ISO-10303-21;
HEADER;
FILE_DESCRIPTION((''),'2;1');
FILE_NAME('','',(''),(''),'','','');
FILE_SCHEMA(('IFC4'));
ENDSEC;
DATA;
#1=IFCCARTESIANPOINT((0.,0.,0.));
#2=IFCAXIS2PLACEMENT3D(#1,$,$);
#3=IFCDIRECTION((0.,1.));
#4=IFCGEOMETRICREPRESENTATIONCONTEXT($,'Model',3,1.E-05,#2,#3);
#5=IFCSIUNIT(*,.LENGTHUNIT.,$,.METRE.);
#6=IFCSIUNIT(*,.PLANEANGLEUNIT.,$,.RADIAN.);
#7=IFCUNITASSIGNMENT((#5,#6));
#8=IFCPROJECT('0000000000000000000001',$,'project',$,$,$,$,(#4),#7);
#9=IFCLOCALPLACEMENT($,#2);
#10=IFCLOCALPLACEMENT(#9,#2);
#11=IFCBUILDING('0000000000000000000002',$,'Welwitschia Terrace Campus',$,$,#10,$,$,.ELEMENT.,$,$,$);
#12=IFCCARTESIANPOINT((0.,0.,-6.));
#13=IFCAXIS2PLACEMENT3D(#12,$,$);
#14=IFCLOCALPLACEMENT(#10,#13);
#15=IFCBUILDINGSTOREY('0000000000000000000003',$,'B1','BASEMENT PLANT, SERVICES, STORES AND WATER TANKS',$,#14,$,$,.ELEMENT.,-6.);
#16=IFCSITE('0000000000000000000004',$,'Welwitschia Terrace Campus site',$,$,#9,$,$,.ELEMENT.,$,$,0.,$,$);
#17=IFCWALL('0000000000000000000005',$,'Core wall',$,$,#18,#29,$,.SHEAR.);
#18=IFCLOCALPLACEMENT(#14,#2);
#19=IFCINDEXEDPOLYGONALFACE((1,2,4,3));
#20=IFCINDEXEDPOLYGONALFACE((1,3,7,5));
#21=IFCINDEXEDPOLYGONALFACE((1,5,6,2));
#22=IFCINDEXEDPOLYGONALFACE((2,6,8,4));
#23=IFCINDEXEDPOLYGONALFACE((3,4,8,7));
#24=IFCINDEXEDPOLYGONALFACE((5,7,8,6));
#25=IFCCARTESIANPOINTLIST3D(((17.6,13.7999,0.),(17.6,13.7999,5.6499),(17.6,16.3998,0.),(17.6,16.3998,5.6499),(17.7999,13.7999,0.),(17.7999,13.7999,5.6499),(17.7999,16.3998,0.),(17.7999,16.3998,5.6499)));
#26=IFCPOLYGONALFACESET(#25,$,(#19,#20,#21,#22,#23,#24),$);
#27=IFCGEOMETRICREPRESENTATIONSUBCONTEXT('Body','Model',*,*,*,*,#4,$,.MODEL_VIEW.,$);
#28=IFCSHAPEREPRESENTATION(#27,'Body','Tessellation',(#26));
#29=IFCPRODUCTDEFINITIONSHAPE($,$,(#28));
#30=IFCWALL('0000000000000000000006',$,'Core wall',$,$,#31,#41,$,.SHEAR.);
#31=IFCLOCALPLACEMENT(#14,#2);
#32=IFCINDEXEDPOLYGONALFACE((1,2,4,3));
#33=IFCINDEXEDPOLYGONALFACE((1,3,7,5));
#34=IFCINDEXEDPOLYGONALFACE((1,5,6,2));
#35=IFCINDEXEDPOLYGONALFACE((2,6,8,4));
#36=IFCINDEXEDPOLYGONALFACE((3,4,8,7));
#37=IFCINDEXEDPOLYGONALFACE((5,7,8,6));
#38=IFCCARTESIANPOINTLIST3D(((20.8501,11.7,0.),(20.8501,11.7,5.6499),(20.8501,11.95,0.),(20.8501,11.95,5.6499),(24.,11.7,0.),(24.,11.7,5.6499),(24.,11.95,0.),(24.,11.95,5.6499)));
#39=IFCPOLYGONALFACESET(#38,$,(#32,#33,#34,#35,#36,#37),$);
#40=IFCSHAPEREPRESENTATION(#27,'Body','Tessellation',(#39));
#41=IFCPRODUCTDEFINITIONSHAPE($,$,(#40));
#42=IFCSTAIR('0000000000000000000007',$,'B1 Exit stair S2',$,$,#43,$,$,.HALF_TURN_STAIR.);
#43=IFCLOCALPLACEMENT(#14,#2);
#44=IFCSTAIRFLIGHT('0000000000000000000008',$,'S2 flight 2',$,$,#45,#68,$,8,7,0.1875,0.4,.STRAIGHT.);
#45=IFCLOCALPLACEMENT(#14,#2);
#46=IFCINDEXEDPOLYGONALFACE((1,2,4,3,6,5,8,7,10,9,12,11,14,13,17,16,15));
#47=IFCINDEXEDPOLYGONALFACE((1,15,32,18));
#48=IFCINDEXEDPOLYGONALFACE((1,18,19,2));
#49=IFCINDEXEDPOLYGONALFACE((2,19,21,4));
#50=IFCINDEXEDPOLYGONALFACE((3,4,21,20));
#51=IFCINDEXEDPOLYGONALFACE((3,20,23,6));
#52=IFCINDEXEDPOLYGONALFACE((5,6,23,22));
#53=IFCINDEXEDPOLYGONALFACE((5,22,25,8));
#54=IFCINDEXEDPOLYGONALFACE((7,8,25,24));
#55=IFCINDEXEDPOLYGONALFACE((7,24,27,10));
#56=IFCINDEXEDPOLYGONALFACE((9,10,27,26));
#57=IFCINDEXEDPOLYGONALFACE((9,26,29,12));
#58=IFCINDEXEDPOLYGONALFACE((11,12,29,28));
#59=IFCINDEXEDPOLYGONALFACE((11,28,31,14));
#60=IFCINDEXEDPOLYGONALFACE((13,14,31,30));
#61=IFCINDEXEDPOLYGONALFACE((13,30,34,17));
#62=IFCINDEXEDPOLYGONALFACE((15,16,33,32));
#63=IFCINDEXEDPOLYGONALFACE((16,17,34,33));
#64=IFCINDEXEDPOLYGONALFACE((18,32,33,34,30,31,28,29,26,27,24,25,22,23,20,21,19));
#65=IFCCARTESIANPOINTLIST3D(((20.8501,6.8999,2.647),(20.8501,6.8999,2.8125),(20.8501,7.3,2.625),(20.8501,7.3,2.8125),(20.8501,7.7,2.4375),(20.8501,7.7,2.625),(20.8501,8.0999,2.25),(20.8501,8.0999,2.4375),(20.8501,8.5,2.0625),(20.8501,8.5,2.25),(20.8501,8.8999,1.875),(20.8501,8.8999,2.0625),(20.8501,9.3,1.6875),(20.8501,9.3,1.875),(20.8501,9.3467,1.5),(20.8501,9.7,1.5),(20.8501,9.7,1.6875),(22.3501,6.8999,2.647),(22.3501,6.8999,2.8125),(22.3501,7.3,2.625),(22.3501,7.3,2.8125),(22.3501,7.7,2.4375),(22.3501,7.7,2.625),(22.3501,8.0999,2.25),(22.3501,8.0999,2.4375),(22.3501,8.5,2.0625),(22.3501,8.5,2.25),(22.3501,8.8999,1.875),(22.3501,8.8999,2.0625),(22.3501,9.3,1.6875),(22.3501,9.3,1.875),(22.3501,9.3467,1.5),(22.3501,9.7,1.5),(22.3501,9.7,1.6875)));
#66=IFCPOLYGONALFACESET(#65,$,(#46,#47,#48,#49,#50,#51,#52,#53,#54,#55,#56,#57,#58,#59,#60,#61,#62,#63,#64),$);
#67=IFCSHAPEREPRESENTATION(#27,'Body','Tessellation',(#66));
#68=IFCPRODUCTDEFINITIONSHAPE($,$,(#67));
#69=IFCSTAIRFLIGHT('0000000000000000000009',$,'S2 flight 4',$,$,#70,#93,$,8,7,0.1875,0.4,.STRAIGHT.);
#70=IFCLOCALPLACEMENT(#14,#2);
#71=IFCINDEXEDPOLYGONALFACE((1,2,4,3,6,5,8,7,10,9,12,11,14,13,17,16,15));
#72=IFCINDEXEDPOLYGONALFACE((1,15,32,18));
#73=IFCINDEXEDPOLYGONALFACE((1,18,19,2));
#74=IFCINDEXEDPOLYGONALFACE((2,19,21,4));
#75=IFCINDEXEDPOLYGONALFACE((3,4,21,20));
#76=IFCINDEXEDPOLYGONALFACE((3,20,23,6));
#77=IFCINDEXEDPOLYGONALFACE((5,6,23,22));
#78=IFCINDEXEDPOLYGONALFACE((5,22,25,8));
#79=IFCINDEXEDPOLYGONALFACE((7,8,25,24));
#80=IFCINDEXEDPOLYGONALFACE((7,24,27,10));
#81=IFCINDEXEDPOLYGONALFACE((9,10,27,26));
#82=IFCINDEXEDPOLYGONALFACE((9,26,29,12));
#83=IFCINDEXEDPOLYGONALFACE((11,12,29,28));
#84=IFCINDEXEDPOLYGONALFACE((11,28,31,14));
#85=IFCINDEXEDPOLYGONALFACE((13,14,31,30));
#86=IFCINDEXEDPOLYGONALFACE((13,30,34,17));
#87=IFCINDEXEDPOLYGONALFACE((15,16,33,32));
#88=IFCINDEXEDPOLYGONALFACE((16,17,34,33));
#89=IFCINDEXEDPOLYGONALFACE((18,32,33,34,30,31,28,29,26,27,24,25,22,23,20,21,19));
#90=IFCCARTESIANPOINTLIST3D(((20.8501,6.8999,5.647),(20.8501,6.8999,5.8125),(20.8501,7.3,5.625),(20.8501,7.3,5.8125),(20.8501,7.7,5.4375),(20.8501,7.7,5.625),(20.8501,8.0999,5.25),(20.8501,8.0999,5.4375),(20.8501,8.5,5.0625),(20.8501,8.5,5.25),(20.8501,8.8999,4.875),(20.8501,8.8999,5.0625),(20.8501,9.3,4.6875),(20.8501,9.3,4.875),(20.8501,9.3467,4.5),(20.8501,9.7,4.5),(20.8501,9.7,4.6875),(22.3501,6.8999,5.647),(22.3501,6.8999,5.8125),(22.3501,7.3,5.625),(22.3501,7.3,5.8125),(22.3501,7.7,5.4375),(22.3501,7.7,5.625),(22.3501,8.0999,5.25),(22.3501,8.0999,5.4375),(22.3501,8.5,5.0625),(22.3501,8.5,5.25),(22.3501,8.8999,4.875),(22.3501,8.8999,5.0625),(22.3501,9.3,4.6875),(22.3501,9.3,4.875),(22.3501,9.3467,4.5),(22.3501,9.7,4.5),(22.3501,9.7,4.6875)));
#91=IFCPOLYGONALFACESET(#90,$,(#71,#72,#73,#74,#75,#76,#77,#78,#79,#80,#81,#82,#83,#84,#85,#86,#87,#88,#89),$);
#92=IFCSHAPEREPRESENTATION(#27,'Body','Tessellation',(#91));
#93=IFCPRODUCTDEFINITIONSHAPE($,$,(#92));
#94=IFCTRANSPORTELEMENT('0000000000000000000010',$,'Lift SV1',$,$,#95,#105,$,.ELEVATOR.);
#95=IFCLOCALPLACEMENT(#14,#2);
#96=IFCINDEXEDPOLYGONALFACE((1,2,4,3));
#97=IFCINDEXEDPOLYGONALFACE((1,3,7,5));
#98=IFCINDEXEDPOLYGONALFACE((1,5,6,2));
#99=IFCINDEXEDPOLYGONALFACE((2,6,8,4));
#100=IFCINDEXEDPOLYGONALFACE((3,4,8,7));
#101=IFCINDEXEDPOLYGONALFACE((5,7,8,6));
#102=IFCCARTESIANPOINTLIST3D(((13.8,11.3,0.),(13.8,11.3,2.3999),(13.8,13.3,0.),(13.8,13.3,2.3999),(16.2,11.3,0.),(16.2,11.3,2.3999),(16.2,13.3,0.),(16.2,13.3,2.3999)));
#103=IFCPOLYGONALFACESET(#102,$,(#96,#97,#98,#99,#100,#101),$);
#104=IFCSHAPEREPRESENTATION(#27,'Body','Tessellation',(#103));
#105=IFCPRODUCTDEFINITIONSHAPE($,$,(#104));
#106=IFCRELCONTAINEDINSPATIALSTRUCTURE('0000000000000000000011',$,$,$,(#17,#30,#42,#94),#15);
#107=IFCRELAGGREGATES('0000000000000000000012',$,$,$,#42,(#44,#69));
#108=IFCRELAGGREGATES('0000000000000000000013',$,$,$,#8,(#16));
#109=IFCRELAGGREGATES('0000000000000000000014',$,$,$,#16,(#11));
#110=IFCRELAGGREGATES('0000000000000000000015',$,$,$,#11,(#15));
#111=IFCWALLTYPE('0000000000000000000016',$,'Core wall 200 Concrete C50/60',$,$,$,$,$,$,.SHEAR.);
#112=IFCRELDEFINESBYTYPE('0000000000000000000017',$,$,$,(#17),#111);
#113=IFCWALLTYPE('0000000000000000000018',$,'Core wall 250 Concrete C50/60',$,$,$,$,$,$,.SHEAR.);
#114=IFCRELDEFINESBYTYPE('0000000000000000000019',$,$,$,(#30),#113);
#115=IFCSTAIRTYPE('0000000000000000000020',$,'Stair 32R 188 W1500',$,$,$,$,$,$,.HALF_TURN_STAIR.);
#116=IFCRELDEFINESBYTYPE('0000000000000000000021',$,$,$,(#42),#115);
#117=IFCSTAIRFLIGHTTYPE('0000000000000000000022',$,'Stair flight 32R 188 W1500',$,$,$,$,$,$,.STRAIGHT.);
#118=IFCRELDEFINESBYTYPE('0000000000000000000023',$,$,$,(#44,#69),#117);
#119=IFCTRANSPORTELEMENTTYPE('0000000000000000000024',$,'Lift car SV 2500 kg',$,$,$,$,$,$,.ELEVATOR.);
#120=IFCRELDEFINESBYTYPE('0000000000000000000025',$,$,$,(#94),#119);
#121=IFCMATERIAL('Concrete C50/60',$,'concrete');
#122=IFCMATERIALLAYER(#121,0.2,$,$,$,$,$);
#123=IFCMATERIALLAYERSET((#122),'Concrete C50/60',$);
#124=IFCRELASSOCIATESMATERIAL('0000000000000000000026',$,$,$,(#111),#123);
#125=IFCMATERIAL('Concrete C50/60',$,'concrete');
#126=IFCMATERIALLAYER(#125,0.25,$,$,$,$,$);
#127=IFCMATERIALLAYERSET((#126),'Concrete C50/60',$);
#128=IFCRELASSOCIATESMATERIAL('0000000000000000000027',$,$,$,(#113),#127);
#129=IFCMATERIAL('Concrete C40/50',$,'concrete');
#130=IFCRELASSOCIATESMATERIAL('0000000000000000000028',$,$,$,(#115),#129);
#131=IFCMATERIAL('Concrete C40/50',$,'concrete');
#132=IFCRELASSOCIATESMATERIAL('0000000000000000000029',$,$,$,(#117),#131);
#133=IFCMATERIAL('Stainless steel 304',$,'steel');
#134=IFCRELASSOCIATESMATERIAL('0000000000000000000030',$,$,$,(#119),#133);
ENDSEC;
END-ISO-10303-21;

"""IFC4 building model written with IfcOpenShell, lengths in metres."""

from ifc_helpers import new_model, si_unit, direction, frame, frame_2d, origin, origin_2d, place, context, subcontext, project, spatial, polyline, rectangle, outline, extrude, material, layer, layer_set, type_object, element, aggregate, save


model = new_model("IFC4")

# Units and contexts
model_context = context("Model", 3, precision=1e-05, world=origin(), true_north=direction((0.0, 1.0)))
body_context = subcontext(model_context, "Body", "Model", "MODEL_VIEW")
ifc_project = project(units=[si_unit("LENGTHUNIT", "METRE"), si_unit("PLANEANGLEUNIT", "RADIAN")], contexts=[model_context])

# Site, building, storey
site_placement = place(None, origin())
site = spatial("IfcSite", under=ifc_project, at=site_placement, Name="Welwitschia Terrace Campus site", CompositionType="ELEMENT", RefElevation=0.0)
building_placement = place(site_placement, origin())
building = spatial("IfcBuilding", under=site, at=building_placement, Name="Welwitschia Terrace Campus", CompositionType="ELEMENT")
storey_placement = place(building_placement, frame((0.0, 0.0, -6.0)))
storey = spatial("IfcBuildingStorey", under=building, at=storey_placement, Name="B1", Description="BASEMENT PLANT, SERVICES, STORES AND WATER TANKS", CompositionType="ELEMENT", Elevation=-6.0)

# Walls
ifc_material_1 = material(Name="Concrete C50/60", Category="concrete")
ifc_layer_1 = layer(ifc_material_1, 0.2)
ifc_layer_set_1 = layer_set([ifc_layer_1], Name="Concrete C50/60")
wall_type_1 = type_object("IfcWallType", Name="Core wall 200 Concrete C50/60", PredefinedType="SHEAR", material=ifc_layer_set_1)
wall_1_placement = place(storey_placement, frame((17.7, 13.8, 0.0), z_axis=(0.0, 0.0, 1.0), x_axis=(0.0, 1.0, 0.0)))
element("IfcWall", 1, at=wall_1_placement, inside=storey, type_object=wall_type_1, Name="Core wall", PredefinedType="SHEAR", context=body_context, shape_type="SweptSolid", body=[
    extrude(rectangle(XDim=2.5999, YDim=0.2, at=frame_2d((1.2998, 0.0))), origin(), (0.0, 0.0, 1.0), 5.6499),
])
ifc_material_2 = material(Name="Concrete C50/60", Category="concrete")
ifc_layer_2 = layer(ifc_material_2, 0.25)
ifc_layer_set_2 = layer_set([ifc_layer_2], Name="Concrete C50/60")
wall_type_2 = type_object("IfcWallType", Name="Core wall 250 Concrete C50/60", PredefinedType="SHEAR", material=ifc_layer_set_2)
wall_2_placement = place(storey_placement, frame((20.8501, 11.825, 0.0), z_axis=(0.0, 0.0, 1.0), x_axis=(1.0, 0.0, 0.0)))
element("IfcWall", 2, at=wall_2_placement, inside=storey, type_object=wall_type_2, Name="Core wall", PredefinedType="SHEAR", context=body_context, shape_type="SweptSolid", body=[
    extrude(rectangle(XDim=3.1499, YDim=0.25, at=frame_2d((1.575, 0.0))), origin(), (0.0, 0.0, 1.0), 5.6499),
])

# Stair, stair flights
ifc_material_3 = material(Name="Concrete C40/50", Category="concrete")
stair_type = type_object("IfcStairType", Name="Stair 32R 188 W1500", PredefinedType="HALF_TURN_STAIR", material=ifc_material_3)
stair_placement = place(storey_placement, origin())
stair = element("IfcStair", 3, at=stair_placement, inside=storey, type_object=stair_type, Name="B1 Exit stair S2", PredefinedType="HALF_TURN_STAIR")
ifc_material_4 = material(Name="Concrete C40/50", Category="concrete")
stair_flight_type = type_object("IfcStairFlightType", Name="Stair flight 32R 188 W1500", PredefinedType="STRAIGHT", material=ifc_material_4)
stair_flight_1_placement = place(storey_placement, frame((21.6001, 9.7, 1.5), z_axis=(0.0, 0.0, 1.0), x_axis=(0.0, -1.0, 0.0)))
stair_flight_1 = element("IfcStairFlight", 4, at=stair_flight_1_placement, type_object=stair_flight_type, Name="S2 flight 2", NumberOfRisers=8, NumberOfTreads=7, PredefinedType="STRAIGHT", RiserHeight=0.1875, TreadLength=0.4, context=body_context, shape_type="SweptSolid", body=[
    extrude(outline(polyline([(0.0, 0.0), (0.0, 0.1875), (0.3999, 0.1875), (0.3999, 0.375), (0.8, 0.375), (0.8, 0.5625), (1.2, 0.5625), (1.2, 0.75), (1.6001, 0.75), (1.6001, 0.9375), (2.0, 0.9375), (2.0, 1.125), (2.3999, 1.125), (2.3999, 1.3125), (2.8, 1.3125), (2.8, 1.5), (2.8, 1.147), (0.3533, 0.0), (0.0, 0.0)])), frame((0.0, 0.75, 0.0), z_axis=(0.0, -1.0, 0.0), x_axis=(1.0, 0.0, 0.0)), (0.0, 0.0, 1.0), 1.5),
])
stair_flight_2_placement = place(storey_placement, frame((21.6001, 9.7, 4.5), z_axis=(0.0, 0.0, 1.0), x_axis=(0.0, -1.0, 0.0)))
stair_flight_2 = element("IfcStairFlight", 5, at=stair_flight_2_placement, type_object=stair_flight_type, Name="S2 flight 4", NumberOfRisers=8, NumberOfTreads=7, PredefinedType="STRAIGHT", RiserHeight=0.1875, TreadLength=0.4, context=body_context, shape_type="SweptSolid", body=[
    extrude(outline(polyline([(0.0, 0.0), (0.0, 0.1875), (0.3999, 0.1875), (0.3999, 0.375), (0.8, 0.375), (0.8, 0.5625), (1.2, 0.5625), (1.2, 0.75), (1.6001, 0.75), (1.6001, 0.9375), (2.0, 0.9375), (2.0, 1.125), (2.3999, 1.125), (2.3999, 1.3125), (2.8, 1.3125), (2.8, 1.5), (2.8, 1.147), (0.3533, 0.0), (0.0, 0.0)])), frame((0.0, 0.75, 0.0), z_axis=(0.0, -1.0, 0.0), x_axis=(1.0, 0.0, 0.0)), (0.0, 0.0, 1.0), 1.5),
])
aggregate(stair, [stair_flight_1, stair_flight_2])

# Transport element
ifc_material_5 = material(Name="Stainless steel 304", Category="steel")
transport_element_type = type_object("IfcTransportElementType", Name="Lift car SV 2500 kg", PredefinedType="ELEVATOR", material=ifc_material_5)
transport_element_placement = place(storey_placement, frame((15.0, 12.3, 0.0), z_axis=(0.0, 0.0, 1.0), x_axis=(1.0, 0.0, 0.0)))
element("IfcTransportElement", 6, at=transport_element_placement, inside=storey, type_object=transport_element_type, Name="Lift SV1", PredefinedType="ELEVATOR", context=body_context, shape_type="SweptSolid", body=[
    extrude(rectangle(XDim=2.3999, YDim=2.0, at=origin_2d()), origin(), (0.0, 0.0, 1.0), 2.3999),
])

save(model, "model.ifc")
